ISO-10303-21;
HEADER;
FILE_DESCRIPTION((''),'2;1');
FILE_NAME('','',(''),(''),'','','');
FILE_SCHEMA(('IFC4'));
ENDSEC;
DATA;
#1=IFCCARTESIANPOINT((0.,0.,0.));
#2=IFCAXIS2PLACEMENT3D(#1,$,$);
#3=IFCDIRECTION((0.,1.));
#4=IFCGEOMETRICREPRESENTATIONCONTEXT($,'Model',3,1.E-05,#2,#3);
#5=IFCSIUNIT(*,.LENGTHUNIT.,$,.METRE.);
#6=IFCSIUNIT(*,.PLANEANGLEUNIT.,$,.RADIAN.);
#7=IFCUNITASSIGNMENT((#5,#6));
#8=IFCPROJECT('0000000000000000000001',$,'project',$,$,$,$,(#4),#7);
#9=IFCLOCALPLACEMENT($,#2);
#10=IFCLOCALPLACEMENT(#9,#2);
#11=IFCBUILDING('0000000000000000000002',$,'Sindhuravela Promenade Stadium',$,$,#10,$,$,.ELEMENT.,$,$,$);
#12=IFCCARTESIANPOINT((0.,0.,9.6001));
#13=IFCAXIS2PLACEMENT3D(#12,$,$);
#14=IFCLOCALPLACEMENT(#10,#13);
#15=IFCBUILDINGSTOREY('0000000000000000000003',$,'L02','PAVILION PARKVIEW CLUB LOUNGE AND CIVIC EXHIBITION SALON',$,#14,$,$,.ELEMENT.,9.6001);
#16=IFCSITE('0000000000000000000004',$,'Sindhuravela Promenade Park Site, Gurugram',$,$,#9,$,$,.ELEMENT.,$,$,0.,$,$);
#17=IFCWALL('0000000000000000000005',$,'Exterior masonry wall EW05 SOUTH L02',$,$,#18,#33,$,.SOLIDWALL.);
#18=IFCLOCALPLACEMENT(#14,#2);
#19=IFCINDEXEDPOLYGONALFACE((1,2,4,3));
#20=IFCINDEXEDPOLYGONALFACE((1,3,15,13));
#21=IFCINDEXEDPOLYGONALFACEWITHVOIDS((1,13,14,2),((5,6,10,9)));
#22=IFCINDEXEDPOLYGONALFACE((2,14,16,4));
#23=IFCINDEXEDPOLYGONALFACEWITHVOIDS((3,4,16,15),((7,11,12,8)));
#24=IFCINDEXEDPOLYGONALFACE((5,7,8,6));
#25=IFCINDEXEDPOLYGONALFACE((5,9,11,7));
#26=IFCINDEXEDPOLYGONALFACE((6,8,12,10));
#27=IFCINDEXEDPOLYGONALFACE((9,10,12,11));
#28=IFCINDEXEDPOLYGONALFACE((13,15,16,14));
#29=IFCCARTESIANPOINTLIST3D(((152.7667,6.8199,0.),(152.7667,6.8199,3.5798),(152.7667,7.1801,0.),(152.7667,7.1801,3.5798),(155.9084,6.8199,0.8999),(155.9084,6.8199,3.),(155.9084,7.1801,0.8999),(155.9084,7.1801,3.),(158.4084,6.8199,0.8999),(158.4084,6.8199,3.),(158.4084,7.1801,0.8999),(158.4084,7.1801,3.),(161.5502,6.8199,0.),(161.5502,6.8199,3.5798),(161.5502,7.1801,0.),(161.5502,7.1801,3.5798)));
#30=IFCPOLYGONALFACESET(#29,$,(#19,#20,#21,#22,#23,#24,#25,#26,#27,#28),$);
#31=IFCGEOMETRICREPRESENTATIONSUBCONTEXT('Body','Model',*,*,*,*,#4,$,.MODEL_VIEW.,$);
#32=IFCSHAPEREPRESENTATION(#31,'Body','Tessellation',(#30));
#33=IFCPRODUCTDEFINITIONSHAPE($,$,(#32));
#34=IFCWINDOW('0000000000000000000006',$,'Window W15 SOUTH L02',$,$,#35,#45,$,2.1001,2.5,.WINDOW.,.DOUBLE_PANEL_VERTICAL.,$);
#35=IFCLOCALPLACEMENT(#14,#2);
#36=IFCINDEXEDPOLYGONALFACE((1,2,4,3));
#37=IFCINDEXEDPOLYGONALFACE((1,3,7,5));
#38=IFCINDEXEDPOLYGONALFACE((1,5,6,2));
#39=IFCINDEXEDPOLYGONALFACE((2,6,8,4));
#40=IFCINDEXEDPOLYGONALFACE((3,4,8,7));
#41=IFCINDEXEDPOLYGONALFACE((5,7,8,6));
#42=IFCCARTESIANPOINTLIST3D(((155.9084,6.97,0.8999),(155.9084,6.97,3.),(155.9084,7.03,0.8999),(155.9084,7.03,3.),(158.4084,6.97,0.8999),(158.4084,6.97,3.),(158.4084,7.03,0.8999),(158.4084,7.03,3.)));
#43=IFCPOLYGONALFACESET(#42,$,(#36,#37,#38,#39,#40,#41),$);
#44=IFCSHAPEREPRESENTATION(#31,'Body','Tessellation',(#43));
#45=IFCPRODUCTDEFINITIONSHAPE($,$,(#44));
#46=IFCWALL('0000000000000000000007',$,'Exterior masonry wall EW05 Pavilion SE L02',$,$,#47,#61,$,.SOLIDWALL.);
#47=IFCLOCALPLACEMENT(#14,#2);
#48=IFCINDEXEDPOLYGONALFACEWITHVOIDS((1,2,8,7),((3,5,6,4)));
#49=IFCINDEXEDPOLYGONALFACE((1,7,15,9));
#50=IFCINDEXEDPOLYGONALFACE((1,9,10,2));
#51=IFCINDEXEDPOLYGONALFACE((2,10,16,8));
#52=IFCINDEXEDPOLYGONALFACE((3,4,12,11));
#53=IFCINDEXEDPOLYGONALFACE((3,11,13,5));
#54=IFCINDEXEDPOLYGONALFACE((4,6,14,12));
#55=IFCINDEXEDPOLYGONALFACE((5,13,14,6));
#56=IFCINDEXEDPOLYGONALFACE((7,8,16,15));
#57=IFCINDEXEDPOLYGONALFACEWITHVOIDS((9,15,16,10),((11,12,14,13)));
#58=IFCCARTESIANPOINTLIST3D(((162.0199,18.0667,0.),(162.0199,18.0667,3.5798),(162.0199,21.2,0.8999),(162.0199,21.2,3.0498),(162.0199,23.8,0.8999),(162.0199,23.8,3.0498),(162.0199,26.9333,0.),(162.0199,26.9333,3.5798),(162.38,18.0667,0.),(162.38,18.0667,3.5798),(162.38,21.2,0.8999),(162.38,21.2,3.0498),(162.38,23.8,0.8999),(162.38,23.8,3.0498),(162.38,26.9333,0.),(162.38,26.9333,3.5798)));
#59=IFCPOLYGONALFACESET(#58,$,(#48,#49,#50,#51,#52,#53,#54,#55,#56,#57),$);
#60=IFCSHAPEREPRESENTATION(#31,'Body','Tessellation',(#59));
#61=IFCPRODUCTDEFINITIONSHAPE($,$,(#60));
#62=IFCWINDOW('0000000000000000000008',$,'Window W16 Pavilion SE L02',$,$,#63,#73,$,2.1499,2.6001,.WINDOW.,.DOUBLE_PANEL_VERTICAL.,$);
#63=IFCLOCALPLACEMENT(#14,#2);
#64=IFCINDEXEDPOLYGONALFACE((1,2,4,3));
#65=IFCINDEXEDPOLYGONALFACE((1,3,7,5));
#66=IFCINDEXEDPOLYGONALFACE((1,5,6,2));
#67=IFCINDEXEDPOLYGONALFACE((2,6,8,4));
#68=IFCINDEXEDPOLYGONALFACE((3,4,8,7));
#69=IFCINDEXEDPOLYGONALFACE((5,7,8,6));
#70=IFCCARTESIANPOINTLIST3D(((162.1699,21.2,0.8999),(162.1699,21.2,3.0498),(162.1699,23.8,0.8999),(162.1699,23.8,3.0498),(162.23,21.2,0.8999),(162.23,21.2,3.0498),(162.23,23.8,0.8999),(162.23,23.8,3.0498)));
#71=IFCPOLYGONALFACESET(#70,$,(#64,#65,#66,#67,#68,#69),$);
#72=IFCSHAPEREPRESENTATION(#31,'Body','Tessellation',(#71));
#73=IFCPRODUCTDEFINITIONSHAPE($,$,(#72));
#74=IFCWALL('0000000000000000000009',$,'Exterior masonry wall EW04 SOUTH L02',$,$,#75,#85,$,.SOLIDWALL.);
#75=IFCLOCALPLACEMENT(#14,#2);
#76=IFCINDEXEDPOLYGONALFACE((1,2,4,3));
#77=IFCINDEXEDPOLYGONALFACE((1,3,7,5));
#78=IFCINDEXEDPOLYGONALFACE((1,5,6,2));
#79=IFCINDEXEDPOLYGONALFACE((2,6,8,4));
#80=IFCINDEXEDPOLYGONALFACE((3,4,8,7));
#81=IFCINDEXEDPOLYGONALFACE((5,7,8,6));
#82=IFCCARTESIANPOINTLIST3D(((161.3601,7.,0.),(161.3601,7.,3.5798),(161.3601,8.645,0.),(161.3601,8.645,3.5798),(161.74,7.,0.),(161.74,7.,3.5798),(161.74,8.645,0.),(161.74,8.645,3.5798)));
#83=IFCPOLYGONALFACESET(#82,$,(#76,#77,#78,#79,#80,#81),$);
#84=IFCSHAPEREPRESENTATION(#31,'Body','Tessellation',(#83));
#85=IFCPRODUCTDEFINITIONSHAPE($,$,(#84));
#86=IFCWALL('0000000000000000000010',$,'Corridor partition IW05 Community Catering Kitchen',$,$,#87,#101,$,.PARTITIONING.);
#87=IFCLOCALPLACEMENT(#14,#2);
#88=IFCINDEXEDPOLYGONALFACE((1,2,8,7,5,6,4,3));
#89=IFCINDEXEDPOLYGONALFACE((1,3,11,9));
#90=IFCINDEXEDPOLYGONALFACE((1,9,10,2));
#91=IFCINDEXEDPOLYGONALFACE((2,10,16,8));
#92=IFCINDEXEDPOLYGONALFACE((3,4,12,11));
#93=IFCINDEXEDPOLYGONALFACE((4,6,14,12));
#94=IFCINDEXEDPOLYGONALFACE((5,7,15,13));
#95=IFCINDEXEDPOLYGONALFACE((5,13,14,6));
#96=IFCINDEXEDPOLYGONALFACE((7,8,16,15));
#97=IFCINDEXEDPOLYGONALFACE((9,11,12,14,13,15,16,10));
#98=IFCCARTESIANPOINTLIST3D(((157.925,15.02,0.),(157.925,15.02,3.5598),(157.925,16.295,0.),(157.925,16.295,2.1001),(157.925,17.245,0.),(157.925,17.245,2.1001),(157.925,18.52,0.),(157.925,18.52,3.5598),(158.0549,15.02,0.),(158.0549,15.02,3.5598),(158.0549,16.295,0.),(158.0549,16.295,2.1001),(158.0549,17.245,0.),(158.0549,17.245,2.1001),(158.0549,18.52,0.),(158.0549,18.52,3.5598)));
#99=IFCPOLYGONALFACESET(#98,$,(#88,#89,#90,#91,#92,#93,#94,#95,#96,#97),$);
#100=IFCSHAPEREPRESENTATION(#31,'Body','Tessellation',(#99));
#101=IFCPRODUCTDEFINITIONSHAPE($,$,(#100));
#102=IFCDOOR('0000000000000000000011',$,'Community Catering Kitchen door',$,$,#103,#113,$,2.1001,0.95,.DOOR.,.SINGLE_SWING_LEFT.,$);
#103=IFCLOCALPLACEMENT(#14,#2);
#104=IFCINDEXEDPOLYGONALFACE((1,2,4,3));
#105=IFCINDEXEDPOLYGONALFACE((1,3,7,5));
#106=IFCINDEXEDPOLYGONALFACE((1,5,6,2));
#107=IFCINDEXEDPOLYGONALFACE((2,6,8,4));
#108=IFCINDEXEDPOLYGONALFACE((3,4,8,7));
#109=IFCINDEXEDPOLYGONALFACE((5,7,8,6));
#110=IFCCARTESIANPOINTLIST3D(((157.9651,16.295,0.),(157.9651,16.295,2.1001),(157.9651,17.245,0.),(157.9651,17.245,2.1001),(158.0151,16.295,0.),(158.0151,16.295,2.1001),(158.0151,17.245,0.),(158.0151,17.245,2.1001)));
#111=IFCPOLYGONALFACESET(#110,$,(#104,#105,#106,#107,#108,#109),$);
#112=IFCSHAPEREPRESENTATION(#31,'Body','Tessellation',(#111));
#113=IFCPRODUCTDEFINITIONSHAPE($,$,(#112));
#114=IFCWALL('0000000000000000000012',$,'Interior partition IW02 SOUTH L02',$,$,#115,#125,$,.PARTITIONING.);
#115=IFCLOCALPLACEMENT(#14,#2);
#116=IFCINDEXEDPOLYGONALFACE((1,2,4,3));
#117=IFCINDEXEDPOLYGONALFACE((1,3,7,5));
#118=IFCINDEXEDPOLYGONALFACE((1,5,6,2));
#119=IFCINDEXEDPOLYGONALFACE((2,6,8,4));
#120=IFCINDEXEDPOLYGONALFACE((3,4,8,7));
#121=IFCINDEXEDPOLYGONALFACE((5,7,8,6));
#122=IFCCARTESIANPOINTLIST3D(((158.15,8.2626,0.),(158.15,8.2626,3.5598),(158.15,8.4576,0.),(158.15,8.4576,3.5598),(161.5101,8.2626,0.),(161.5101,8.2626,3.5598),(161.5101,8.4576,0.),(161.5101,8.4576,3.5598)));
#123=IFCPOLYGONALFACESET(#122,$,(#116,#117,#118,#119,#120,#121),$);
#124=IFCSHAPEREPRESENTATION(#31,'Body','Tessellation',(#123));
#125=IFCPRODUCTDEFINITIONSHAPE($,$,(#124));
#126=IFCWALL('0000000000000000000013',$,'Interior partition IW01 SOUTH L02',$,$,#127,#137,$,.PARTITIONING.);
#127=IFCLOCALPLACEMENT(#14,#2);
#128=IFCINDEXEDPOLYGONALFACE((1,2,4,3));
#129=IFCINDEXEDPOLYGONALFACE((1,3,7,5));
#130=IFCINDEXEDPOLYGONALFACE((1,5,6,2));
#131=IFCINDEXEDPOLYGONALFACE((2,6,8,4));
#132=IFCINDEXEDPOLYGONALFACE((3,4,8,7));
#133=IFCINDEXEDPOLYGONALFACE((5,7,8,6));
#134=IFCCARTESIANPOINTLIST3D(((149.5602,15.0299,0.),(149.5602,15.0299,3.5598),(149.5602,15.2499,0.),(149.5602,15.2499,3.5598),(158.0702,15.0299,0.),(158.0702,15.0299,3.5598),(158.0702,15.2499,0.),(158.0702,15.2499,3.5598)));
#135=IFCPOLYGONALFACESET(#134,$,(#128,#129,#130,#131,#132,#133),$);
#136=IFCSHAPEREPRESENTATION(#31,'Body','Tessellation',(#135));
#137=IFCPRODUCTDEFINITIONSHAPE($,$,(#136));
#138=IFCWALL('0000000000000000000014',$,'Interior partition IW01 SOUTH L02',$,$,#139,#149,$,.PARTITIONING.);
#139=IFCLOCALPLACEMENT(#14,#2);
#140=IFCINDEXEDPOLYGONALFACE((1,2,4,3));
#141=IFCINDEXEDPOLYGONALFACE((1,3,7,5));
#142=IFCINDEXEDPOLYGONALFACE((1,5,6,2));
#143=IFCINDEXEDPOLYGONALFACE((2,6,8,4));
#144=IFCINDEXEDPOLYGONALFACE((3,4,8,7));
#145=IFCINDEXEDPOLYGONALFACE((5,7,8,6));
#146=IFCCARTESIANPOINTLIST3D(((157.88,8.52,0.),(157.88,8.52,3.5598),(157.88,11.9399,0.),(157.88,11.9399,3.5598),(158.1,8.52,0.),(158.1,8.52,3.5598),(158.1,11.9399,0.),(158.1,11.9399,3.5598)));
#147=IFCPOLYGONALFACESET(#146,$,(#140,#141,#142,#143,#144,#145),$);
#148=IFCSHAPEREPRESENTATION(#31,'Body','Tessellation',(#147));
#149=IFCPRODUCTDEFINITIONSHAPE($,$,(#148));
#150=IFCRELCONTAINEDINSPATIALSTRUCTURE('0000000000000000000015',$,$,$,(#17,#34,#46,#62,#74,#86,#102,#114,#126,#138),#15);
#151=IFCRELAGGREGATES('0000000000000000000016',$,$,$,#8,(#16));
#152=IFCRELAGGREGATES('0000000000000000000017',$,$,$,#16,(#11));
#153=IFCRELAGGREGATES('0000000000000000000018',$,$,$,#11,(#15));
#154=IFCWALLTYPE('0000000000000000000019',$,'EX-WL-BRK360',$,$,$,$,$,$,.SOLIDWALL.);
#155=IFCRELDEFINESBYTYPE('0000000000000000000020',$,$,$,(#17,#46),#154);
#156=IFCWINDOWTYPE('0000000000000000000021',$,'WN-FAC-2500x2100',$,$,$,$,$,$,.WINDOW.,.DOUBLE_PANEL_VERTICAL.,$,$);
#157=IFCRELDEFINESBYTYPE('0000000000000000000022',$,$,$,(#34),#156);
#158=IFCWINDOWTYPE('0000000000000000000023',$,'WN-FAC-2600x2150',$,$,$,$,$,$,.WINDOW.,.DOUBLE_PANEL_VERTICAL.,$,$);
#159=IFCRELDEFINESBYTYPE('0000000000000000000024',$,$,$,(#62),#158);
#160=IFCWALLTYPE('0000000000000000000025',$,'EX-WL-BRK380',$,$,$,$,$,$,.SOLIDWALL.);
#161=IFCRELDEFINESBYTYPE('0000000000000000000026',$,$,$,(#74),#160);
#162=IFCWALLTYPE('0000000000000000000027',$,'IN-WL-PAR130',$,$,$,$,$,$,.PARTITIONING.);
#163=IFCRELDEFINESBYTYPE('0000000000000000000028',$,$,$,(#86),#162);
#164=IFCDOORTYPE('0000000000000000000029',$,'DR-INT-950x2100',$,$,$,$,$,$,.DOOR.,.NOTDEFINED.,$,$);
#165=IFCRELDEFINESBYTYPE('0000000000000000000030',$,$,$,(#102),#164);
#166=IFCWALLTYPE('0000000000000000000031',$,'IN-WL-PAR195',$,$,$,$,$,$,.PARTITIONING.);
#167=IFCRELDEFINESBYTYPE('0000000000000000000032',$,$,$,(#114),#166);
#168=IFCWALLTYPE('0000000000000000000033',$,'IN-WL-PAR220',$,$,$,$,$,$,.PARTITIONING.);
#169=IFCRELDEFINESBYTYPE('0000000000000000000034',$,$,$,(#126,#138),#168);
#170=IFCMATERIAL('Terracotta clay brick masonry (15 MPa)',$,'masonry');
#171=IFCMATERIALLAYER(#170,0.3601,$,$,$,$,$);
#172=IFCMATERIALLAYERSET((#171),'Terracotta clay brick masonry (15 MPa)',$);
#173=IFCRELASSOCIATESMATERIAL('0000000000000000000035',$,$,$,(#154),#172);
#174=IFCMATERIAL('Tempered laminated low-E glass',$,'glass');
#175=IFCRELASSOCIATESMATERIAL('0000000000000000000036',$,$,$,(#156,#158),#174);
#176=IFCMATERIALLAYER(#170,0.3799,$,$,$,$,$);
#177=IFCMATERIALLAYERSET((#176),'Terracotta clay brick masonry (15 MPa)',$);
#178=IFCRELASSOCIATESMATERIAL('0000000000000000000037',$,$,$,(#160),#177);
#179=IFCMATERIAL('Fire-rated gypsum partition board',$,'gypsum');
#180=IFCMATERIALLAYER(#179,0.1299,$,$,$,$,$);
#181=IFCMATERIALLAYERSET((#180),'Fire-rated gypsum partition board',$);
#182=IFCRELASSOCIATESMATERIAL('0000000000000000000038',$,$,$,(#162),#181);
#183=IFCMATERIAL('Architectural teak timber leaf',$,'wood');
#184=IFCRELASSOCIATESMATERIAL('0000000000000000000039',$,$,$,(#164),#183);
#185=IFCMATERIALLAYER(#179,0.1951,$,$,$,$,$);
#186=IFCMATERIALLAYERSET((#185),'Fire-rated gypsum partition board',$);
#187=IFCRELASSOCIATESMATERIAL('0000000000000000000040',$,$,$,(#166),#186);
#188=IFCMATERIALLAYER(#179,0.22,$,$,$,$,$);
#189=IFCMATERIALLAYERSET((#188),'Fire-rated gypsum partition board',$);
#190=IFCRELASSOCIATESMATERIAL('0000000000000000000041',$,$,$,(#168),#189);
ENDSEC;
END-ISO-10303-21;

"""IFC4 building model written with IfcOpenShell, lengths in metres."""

from ifc_helpers import new_model, si_unit, direction, frame, frame_2d, origin, place, context, subcontext, project, spatial, rectangle, extrude, material, layer, layer_set, type_object, element, fill, save


model = new_model("IFC4")

# Units and contexts
model_context = context("Model", 3, precision=1e-05, world=origin(), true_north=direction((0.0, 1.0)))
body_context = subcontext(model_context, "Body", "Model", "MODEL_VIEW")
ifc_project = project(units=[si_unit("LENGTHUNIT", "METRE"), si_unit("PLANEANGLEUNIT", "RADIAN")], contexts=[model_context])

# Site, building, storey
site_placement = place(None, origin())
site = spatial("IfcSite", under=ifc_project, at=site_placement, Name="Sindhuravela Promenade Park Site, Gurugram", CompositionType="ELEMENT", RefElevation=0.0)
building_placement = place(site_placement, origin())
building = spatial("IfcBuilding", under=site, at=building_placement, Name="Sindhuravela Promenade Stadium", CompositionType="ELEMENT")
storey_placement = place(building_placement, frame((0.0, 0.0, 9.6001)))
storey = spatial("IfcBuildingStorey", under=building, at=storey_placement, Name="L02", Description="PAVILION PARKVIEW CLUB LOUNGE AND CIVIC EXHIBITION SALON", CompositionType="ELEMENT", Elevation=9.6001)

# Walls, openings, windows
ifc_material_1 = material(Name="Terracotta clay brick masonry (15 MPa)", Category="masonry")
ifc_layer_1 = layer(ifc_material_1, 0.3601)
ifc_layer_set_1 = layer_set([ifc_layer_1], Name="Terracotta clay brick masonry (15 MPa)")
wall_type_1 = type_object("IfcWallType", Name="EX-WL-BRK360", PredefinedType="SOLIDWALL", material=ifc_layer_set_1)
wall_1_placement = place(storey_placement, frame((161.55, 7.0, 0.0), z_axis=(0.0, 0.0, 1.0), x_axis=(-1.0, 0.0, 0.0)))
wall_1 = element("IfcWall", 1, at=wall_1_placement, inside=storey, type_object=wall_type_1, Name="Exterior masonry wall EW05 SOUTH L02", PredefinedType="SOLIDWALL", context=body_context, shape_type="SweptSolid", body=[
    extrude(rectangle(XDim=8.7834, YDim=0.3601, at=frame_2d((4.3916, 0.0))), origin(), (0.0, 0.0, 1.0), 3.5798),
])
opening_1_placement = place(wall_1_placement, frame((3.1416, 0.0, 0.8999)))
opening_1 = element("IfcOpeningElement", 2, at=opening_1_placement, cuts=wall_1, PredefinedType="OPENING", context=body_context, shape_type="SweptSolid", body=[
    extrude(rectangle(XDim=2.5, YDim=2.1001, at=frame_2d((1.25, 1.05))), frame((0.0, 0.1899, 0.0), z_axis=(0.0, -1.0, 0.0), x_axis=(1.0, 0.0, 0.0)), (0.0, 0.0, 1.0), 0.3801),
])
ifc_material_2 = material(Name="Tempered laminated low-E glass", Category="glass")
window_type_1 = type_object("IfcWindowType", Name="WN-FAC-2500x2100", PartitioningType="DOUBLE_PANEL_VERTICAL", PredefinedType="WINDOW", material=ifc_material_2)
window_1_placement = place(opening_1_placement, origin())
window_1 = element("IfcWindow", 3, at=window_1_placement, inside=storey, type_object=window_type_1, Name="Window W15 SOUTH L02", OverallHeight=2.1001, OverallWidth=2.5, PartitioningType="DOUBLE_PANEL_VERTICAL", PredefinedType="WINDOW", context=body_context, shape_type="SweptSolid", body=[
    extrude(rectangle(XDim=2.5, YDim=2.1001, at=frame_2d((1.25, 1.05))), frame((0.0, 0.03, 0.0), z_axis=(0.0, -1.0, 0.0), x_axis=(1.0, 0.0, 0.0)), (0.0, 0.0, 1.0), 0.0601),
])
fill(opening_1, window_1)
wall_2_placement = place(storey_placement, frame((162.2, 18.0667, 0.0), z_axis=(0.0, 0.0, 1.0), x_axis=(0.0, 1.0, 0.0)))
wall_2 = element("IfcWall", 4, at=wall_2_placement, inside=storey, type_object=wall_type_1, Name="Exterior masonry wall EW05 Pavilion SE L02", PredefinedType="SOLIDWALL", context=body_context, shape_type="SweptSolid", body=[
    extrude(rectangle(XDim=8.8667, YDim=0.3601, at=frame_2d((4.4333, 0.0))), origin(), (0.0, 0.0, 1.0), 3.5798),
])
opening_2_placement = place(wall_2_placement, frame((3.1333, 0.0, 0.8999)))
opening_2 = element("IfcOpeningElement", 5, at=opening_2_placement, cuts=wall_2, PredefinedType="OPENING", context=body_context, shape_type="SweptSolid", body=[
    extrude(rectangle(XDim=2.6001, YDim=2.1499, at=frame_2d((1.3, 1.075))), frame((0.0, 0.1899, 0.0), z_axis=(0.0, -1.0, 0.0), x_axis=(1.0, 0.0, 0.0)), (0.0, 0.0, 1.0), 0.3801),
])
window_type_2 = type_object("IfcWindowType", Name="WN-FAC-2600x2150", PartitioningType="DOUBLE_PANEL_VERTICAL", PredefinedType="WINDOW", material=ifc_material_2)
window_2_placement = place(opening_2_placement, origin())
window_2 = element("IfcWindow", 6, at=window_2_placement, inside=storey, type_object=window_type_2, Name="Window W16 Pavilion SE L02", OverallHeight=2.1499, OverallWidth=2.6001, PartitioningType="DOUBLE_PANEL_VERTICAL", PredefinedType="WINDOW", context=body_context, shape_type="SweptSolid", body=[
    extrude(rectangle(XDim=2.6001, YDim=2.1499, at=frame_2d((1.3, 1.075))), frame((0.0, 0.03, 0.0), z_axis=(0.0, -1.0, 0.0), x_axis=(1.0, 0.0, 0.0)), (0.0, 0.0, 1.0), 0.0601),
])
fill(opening_2, window_2)

# Wall
ifc_layer_2 = layer(ifc_material_1, 0.3799)
ifc_layer_set_2 = layer_set([ifc_layer_2], Name="Terracotta clay brick masonry (15 MPa)")
wall_type_2 = type_object("IfcWallType", Name="EX-WL-BRK380", PredefinedType="SOLIDWALL", material=ifc_layer_set_2)
wall_3_placement = place(storey_placement, frame((161.55, 8.645, 0.0), z_axis=(0.0, 0.0, 1.0), x_axis=(0.0, -1.0, 0.0)))
element("IfcWall", 7, at=wall_3_placement, inside=storey, type_object=wall_type_2, Name="Exterior masonry wall EW04 SOUTH L02", PredefinedType="SOLIDWALL", context=body_context, shape_type="SweptSolid", body=[
    extrude(rectangle(XDim=1.645, YDim=0.3799, at=frame_2d((0.8225, 0.0))), origin(), (0.0, 0.0, 1.0), 3.5798),
])

# Wall, opening, door
ifc_material_3 = material(Name="Fire-rated gypsum partition board", Category="gypsum")
ifc_layer_3 = layer(ifc_material_3, 0.1299)
ifc_layer_set_3 = layer_set([ifc_layer_3], Name="Fire-rated gypsum partition board")
wall_type_3 = type_object("IfcWallType", Name="IN-WL-PAR130", PredefinedType="PARTITIONING", material=ifc_layer_set_3)
wall_4_placement = place(storey_placement, frame((157.99, 15.02, 0.0), z_axis=(0.0, 0.0, 1.0), x_axis=(0.0, 1.0, 0.0)))
wall_4 = element("IfcWall", 8, at=wall_4_placement, inside=storey, type_object=wall_type_3, Name="Corridor partition IW05 Community Catering Kitchen", PredefinedType="PARTITIONING", context=body_context, shape_type="SweptSolid", body=[
    extrude(rectangle(XDim=3.5, YDim=0.1299, at=frame_2d((1.75, 0.0))), origin(), (0.0, 0.0, 1.0), 3.5598),
])
opening_3_placement = place(wall_4_placement, frame((1.2749, 0.0, 0.0)))
opening_3 = element("IfcOpeningElement", 9, at=opening_3_placement, cuts=wall_4, PredefinedType="OPENING", context=body_context, shape_type="SweptSolid", body=[
    extrude(rectangle(XDim=0.95, YDim=2.1001, at=frame_2d((0.4751, 1.05))), frame((0.0, 0.075, 0.0), z_axis=(0.0, -1.0, 0.0), x_axis=(1.0, 0.0, 0.0)), (0.0, 0.0, 1.0), 0.1499),
])
ifc_material_4 = material(Name="Architectural teak timber leaf", Category="wood")
door_type = type_object("IfcDoorType", Name="DR-INT-950x2100", OperationType="NOTDEFINED", PredefinedType="DOOR", material=ifc_material_4)
door_placement = place(opening_3_placement, origin())
door = element("IfcDoor", 10, at=door_placement, inside=storey, type_object=door_type, Name="Community Catering Kitchen door", OperationType="SINGLE_SWING_LEFT", OverallHeight=2.1001, OverallWidth=0.95, PredefinedType="DOOR", context=body_context, shape_type="SweptSolid", body=[
    extrude(rectangle(XDim=0.95, YDim=2.1001, at=frame_2d((0.4751, 1.05))), frame((0.0, 0.0249, 0.0), z_axis=(0.0, -1.0, 0.0), x_axis=(1.0, 0.0, 0.0)), (0.0, 0.0, 1.0), 0.05),
])
fill(opening_3, door)

# Walls
ifc_layer_4 = layer(ifc_material_3, 0.1951)
ifc_layer_set_4 = layer_set([ifc_layer_4], Name="Fire-rated gypsum partition board")
wall_type_4 = type_object("IfcWallType", Name="IN-WL-PAR195", PredefinedType="PARTITIONING", material=ifc_layer_set_4)
wall_5_placement = place(storey_placement, frame((158.1499, 8.3601, 0.0), z_axis=(0.0, 0.0, 1.0), x_axis=(1.0, 0.0, 0.0)))
element("IfcWall", 11, at=wall_5_placement, inside=storey, type_object=wall_type_4, Name="Interior partition IW02 SOUTH L02", PredefinedType="PARTITIONING", context=body_context, shape_type="SweptSolid", body=[
    extrude(rectangle(XDim=3.3601, YDim=0.1951, at=frame_2d((1.6802, 0.0))), origin(), (0.0, 0.0, 1.0), 3.5598),
])
ifc_layer_5 = layer(ifc_material_3, 0.22)
ifc_layer_set_5 = layer_set([ifc_layer_5], Name="Fire-rated gypsum partition board")
wall_type_5 = type_object("IfcWallType", Name="IN-WL-PAR220", PredefinedType="PARTITIONING", material=ifc_layer_set_5)
wall_6_placement = place(storey_placement, frame((158.0701, 15.1399, 0.0), z_axis=(0.0, 0.0, 1.0), x_axis=(-1.0, 0.0, 0.0)))
element("IfcWall", 12, at=wall_6_placement, inside=storey, type_object=wall_type_5, Name="Interior partition IW01 SOUTH L02", PredefinedType="PARTITIONING", context=body_context, shape_type="SweptSolid", body=[
    extrude(rectangle(XDim=8.51, YDim=0.22, at=frame_2d((4.2549, 0.0))), origin(), (0.0, 0.0, 1.0), 3.5598),
])
wall_7_placement = place(storey_placement, frame((157.99, 11.9399, 0.0), z_axis=(0.0, 0.0, 1.0), x_axis=(0.0, -1.0, 0.0)))
element("IfcWall", 13, at=wall_7_placement, inside=storey, type_object=wall_type_5, Name="Interior partition IW01 SOUTH L02", PredefinedType="PARTITIONING", context=body_context, shape_type="SweptSolid", body=[
    extrude(rectangle(XDim=3.4199, YDim=0.22, at=frame_2d((1.71, 0.0))), origin(), (0.0, 0.0, 1.0), 3.5598),
])

save(model, "model.ifc")
